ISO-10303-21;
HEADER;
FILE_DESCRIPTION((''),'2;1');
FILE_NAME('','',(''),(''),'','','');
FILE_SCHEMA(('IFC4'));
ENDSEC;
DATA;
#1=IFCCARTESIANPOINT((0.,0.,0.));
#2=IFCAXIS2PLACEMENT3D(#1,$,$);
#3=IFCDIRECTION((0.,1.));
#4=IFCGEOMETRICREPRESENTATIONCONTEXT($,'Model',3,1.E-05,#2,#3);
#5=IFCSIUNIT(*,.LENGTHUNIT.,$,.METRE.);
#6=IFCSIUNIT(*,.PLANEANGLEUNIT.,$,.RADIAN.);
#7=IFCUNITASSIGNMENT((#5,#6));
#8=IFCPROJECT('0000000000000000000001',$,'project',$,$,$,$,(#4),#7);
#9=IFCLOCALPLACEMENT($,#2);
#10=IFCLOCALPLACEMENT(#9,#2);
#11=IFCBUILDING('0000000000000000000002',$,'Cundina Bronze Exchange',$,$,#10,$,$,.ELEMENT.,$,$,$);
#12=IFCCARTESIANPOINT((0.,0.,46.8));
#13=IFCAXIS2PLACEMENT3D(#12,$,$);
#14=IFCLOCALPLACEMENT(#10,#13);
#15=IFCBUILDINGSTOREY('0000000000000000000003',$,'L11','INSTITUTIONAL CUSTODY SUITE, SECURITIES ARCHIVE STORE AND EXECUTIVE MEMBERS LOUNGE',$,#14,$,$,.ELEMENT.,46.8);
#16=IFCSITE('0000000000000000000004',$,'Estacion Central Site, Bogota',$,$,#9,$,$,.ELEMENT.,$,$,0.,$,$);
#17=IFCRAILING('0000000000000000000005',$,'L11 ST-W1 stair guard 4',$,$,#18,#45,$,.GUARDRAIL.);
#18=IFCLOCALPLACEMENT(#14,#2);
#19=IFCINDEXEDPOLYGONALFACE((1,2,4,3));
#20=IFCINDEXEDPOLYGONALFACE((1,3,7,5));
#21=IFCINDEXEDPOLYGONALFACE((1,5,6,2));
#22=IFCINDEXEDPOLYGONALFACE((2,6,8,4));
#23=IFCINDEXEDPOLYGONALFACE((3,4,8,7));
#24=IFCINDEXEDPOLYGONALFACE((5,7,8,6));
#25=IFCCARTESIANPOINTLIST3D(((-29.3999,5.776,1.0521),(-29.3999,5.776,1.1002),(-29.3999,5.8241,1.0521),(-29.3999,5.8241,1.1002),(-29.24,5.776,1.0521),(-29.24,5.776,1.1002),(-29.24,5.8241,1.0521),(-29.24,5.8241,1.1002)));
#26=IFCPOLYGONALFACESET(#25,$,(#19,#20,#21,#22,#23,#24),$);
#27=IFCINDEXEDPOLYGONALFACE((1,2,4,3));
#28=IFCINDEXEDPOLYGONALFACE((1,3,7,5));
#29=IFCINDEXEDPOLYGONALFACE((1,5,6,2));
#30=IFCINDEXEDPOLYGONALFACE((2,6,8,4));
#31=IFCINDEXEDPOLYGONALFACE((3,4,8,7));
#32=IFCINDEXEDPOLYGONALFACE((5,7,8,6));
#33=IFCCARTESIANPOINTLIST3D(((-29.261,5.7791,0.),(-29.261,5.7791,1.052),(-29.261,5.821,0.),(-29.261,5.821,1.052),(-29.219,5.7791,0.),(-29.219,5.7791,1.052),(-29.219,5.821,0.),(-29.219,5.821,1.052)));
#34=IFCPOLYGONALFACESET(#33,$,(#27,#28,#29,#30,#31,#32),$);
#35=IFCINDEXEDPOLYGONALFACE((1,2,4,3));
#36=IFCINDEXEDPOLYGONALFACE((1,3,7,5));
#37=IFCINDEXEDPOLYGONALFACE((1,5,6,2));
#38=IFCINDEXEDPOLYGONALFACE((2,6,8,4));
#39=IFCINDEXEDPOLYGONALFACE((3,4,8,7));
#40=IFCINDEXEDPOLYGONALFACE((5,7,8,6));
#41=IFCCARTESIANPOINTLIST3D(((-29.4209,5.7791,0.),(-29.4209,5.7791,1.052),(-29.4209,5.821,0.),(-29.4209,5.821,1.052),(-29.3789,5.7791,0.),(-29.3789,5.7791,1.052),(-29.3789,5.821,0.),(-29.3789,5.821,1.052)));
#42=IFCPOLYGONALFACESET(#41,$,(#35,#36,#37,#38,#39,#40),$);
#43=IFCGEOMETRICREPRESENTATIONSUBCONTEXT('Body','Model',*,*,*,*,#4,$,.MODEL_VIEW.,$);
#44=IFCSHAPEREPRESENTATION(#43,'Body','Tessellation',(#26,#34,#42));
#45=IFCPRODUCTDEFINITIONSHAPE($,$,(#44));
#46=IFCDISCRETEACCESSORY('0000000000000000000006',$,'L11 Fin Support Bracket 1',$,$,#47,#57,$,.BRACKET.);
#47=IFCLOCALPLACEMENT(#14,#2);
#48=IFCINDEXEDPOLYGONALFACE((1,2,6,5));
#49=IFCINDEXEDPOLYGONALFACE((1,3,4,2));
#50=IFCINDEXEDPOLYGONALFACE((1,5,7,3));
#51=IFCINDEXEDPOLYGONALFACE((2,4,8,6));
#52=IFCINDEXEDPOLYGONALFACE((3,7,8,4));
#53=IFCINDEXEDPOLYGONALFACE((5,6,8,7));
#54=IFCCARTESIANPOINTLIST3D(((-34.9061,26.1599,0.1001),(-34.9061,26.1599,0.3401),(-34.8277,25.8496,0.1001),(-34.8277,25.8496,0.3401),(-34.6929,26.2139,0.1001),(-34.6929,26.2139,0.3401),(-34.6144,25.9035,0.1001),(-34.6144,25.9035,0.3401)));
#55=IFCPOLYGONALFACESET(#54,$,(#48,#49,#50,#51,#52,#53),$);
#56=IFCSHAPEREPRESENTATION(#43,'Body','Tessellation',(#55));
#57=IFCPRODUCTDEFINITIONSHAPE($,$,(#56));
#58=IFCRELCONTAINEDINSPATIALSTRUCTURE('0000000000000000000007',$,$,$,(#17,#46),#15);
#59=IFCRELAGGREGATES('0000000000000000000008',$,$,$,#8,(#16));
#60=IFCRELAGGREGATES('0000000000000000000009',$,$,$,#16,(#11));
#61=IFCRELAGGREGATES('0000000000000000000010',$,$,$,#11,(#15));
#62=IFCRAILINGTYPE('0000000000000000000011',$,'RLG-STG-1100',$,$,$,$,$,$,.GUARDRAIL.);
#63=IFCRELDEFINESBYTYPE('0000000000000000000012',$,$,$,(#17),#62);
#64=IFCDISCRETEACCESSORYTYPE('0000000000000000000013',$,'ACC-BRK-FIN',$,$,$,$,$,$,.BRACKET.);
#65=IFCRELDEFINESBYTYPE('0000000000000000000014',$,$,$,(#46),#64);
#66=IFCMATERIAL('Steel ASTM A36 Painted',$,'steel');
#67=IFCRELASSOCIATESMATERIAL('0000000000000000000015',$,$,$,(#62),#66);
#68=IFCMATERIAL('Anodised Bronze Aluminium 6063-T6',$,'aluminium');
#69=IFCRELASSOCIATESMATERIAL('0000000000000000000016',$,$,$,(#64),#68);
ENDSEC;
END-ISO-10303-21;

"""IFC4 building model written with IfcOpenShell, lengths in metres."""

from ifc_helpers import new_model, si_unit, direction, frame, origin, origin_2d, place, context, subcontext, project, spatial, rectangle, extrude, material, type_object, element, save


model = new_model("IFC4")

# Units and contexts
model_context = context("Model", 3, precision=1e-05, world=origin(), true_north=direction((0.0, 1.0)))
body_context = subcontext(model_context, "Body", "Model", "MODEL_VIEW")
ifc_project = project(units=[si_unit("LENGTHUNIT", "METRE"), si_unit("PLANEANGLEUNIT", "RADIAN")], contexts=[model_context])

# Site, building, storey
site_placement = place(None, origin())
site = spatial("IfcSite", under=ifc_project, at=site_placement, Name="Estacion Central Site, Bogota", CompositionType="ELEMENT", RefElevation=0.0)
building_placement = place(site_placement, origin())
building = spatial("IfcBuilding", under=site, at=building_placement, Name="Cundina Bronze Exchange", CompositionType="ELEMENT")
storey_placement = place(building_placement, frame((0.0, 0.0, 46.8)))
storey = spatial("IfcBuildingStorey", under=building, at=storey_placement, Name="L11", Description="INSTITUTIONAL CUSTODY SUITE, SECURITIES ARCHIVE STORE AND EXECUTIVE MEMBERS LOUNGE", CompositionType="ELEMENT", Elevation=46.8)

# Shared definitions
ifc_material_1 = material(Name="Anodised Bronze Aluminium 6063-T6", Category="aluminium")

# Shared definitions
ifc_material_2 = material(Name="Steel ASTM A36 Painted", Category="steel")

# Railing
railing_type_1 = type_object("IfcRailingType", Name="RLG-STG-1100", PredefinedType="GUARDRAIL", material=ifc_material_2)
railing_1_placement = place(storey_placement, frame((-29.24, 5.8, 0.0)))
element("IfcRailing", 1, at=railing_1_placement, inside=storey, type_object=railing_type_1, Name="L11 ST-W1 stair guard 4", PredefinedType="GUARDRAIL", context=body_context, shape_type="SweptSolid", body=[
    extrude(rectangle(XDim=0.0481, YDim=0.0481, at=origin_2d()), frame((0.0, 0.0, 1.0762), z_axis=(-1.0, 0.0, 0.0), x_axis=(0.0, -1.0, 0.0)), (0.0, 0.0, 1.0), 0.1599),
    extrude(rectangle(XDim=0.042, YDim=0.042, at=origin_2d()), origin(), (0.0, 0.0, 1.0), 1.052),
    extrude(rectangle(XDim=0.042, YDim=0.042, at=origin_2d()), frame((-0.1599, 0.0, 0.0)), (0.0, 0.0, 1.0), 1.052),
])

# Discrete accessory
discrete_accessory_type = type_object("IfcDiscreteAccessoryType", Name="ACC-BRK-FIN", PredefinedType="BRACKET", material=ifc_material_1)
discrete_accessory_placement = place(storey_placement, frame((-34.7603, 26.0317, 0.1001), z_axis=(0.0, 0.0, 1.0), x_axis=(-0.969488, -0.245138, 0.0)))
element("IfcDiscreteAccessory", 2, at=discrete_accessory_placement, inside=storey, type_object=discrete_accessory_type, Name="L11 Fin Support Bracket 1", PredefinedType="BRACKET", context=body_context, shape_type="SweptSolid", body=[
    extrude(rectangle(XDim=0.22, YDim=0.3201, at=origin_2d()), origin(), (0.0, 0.0, 1.0), 0.24),
])

save(model, "model.ifc")
